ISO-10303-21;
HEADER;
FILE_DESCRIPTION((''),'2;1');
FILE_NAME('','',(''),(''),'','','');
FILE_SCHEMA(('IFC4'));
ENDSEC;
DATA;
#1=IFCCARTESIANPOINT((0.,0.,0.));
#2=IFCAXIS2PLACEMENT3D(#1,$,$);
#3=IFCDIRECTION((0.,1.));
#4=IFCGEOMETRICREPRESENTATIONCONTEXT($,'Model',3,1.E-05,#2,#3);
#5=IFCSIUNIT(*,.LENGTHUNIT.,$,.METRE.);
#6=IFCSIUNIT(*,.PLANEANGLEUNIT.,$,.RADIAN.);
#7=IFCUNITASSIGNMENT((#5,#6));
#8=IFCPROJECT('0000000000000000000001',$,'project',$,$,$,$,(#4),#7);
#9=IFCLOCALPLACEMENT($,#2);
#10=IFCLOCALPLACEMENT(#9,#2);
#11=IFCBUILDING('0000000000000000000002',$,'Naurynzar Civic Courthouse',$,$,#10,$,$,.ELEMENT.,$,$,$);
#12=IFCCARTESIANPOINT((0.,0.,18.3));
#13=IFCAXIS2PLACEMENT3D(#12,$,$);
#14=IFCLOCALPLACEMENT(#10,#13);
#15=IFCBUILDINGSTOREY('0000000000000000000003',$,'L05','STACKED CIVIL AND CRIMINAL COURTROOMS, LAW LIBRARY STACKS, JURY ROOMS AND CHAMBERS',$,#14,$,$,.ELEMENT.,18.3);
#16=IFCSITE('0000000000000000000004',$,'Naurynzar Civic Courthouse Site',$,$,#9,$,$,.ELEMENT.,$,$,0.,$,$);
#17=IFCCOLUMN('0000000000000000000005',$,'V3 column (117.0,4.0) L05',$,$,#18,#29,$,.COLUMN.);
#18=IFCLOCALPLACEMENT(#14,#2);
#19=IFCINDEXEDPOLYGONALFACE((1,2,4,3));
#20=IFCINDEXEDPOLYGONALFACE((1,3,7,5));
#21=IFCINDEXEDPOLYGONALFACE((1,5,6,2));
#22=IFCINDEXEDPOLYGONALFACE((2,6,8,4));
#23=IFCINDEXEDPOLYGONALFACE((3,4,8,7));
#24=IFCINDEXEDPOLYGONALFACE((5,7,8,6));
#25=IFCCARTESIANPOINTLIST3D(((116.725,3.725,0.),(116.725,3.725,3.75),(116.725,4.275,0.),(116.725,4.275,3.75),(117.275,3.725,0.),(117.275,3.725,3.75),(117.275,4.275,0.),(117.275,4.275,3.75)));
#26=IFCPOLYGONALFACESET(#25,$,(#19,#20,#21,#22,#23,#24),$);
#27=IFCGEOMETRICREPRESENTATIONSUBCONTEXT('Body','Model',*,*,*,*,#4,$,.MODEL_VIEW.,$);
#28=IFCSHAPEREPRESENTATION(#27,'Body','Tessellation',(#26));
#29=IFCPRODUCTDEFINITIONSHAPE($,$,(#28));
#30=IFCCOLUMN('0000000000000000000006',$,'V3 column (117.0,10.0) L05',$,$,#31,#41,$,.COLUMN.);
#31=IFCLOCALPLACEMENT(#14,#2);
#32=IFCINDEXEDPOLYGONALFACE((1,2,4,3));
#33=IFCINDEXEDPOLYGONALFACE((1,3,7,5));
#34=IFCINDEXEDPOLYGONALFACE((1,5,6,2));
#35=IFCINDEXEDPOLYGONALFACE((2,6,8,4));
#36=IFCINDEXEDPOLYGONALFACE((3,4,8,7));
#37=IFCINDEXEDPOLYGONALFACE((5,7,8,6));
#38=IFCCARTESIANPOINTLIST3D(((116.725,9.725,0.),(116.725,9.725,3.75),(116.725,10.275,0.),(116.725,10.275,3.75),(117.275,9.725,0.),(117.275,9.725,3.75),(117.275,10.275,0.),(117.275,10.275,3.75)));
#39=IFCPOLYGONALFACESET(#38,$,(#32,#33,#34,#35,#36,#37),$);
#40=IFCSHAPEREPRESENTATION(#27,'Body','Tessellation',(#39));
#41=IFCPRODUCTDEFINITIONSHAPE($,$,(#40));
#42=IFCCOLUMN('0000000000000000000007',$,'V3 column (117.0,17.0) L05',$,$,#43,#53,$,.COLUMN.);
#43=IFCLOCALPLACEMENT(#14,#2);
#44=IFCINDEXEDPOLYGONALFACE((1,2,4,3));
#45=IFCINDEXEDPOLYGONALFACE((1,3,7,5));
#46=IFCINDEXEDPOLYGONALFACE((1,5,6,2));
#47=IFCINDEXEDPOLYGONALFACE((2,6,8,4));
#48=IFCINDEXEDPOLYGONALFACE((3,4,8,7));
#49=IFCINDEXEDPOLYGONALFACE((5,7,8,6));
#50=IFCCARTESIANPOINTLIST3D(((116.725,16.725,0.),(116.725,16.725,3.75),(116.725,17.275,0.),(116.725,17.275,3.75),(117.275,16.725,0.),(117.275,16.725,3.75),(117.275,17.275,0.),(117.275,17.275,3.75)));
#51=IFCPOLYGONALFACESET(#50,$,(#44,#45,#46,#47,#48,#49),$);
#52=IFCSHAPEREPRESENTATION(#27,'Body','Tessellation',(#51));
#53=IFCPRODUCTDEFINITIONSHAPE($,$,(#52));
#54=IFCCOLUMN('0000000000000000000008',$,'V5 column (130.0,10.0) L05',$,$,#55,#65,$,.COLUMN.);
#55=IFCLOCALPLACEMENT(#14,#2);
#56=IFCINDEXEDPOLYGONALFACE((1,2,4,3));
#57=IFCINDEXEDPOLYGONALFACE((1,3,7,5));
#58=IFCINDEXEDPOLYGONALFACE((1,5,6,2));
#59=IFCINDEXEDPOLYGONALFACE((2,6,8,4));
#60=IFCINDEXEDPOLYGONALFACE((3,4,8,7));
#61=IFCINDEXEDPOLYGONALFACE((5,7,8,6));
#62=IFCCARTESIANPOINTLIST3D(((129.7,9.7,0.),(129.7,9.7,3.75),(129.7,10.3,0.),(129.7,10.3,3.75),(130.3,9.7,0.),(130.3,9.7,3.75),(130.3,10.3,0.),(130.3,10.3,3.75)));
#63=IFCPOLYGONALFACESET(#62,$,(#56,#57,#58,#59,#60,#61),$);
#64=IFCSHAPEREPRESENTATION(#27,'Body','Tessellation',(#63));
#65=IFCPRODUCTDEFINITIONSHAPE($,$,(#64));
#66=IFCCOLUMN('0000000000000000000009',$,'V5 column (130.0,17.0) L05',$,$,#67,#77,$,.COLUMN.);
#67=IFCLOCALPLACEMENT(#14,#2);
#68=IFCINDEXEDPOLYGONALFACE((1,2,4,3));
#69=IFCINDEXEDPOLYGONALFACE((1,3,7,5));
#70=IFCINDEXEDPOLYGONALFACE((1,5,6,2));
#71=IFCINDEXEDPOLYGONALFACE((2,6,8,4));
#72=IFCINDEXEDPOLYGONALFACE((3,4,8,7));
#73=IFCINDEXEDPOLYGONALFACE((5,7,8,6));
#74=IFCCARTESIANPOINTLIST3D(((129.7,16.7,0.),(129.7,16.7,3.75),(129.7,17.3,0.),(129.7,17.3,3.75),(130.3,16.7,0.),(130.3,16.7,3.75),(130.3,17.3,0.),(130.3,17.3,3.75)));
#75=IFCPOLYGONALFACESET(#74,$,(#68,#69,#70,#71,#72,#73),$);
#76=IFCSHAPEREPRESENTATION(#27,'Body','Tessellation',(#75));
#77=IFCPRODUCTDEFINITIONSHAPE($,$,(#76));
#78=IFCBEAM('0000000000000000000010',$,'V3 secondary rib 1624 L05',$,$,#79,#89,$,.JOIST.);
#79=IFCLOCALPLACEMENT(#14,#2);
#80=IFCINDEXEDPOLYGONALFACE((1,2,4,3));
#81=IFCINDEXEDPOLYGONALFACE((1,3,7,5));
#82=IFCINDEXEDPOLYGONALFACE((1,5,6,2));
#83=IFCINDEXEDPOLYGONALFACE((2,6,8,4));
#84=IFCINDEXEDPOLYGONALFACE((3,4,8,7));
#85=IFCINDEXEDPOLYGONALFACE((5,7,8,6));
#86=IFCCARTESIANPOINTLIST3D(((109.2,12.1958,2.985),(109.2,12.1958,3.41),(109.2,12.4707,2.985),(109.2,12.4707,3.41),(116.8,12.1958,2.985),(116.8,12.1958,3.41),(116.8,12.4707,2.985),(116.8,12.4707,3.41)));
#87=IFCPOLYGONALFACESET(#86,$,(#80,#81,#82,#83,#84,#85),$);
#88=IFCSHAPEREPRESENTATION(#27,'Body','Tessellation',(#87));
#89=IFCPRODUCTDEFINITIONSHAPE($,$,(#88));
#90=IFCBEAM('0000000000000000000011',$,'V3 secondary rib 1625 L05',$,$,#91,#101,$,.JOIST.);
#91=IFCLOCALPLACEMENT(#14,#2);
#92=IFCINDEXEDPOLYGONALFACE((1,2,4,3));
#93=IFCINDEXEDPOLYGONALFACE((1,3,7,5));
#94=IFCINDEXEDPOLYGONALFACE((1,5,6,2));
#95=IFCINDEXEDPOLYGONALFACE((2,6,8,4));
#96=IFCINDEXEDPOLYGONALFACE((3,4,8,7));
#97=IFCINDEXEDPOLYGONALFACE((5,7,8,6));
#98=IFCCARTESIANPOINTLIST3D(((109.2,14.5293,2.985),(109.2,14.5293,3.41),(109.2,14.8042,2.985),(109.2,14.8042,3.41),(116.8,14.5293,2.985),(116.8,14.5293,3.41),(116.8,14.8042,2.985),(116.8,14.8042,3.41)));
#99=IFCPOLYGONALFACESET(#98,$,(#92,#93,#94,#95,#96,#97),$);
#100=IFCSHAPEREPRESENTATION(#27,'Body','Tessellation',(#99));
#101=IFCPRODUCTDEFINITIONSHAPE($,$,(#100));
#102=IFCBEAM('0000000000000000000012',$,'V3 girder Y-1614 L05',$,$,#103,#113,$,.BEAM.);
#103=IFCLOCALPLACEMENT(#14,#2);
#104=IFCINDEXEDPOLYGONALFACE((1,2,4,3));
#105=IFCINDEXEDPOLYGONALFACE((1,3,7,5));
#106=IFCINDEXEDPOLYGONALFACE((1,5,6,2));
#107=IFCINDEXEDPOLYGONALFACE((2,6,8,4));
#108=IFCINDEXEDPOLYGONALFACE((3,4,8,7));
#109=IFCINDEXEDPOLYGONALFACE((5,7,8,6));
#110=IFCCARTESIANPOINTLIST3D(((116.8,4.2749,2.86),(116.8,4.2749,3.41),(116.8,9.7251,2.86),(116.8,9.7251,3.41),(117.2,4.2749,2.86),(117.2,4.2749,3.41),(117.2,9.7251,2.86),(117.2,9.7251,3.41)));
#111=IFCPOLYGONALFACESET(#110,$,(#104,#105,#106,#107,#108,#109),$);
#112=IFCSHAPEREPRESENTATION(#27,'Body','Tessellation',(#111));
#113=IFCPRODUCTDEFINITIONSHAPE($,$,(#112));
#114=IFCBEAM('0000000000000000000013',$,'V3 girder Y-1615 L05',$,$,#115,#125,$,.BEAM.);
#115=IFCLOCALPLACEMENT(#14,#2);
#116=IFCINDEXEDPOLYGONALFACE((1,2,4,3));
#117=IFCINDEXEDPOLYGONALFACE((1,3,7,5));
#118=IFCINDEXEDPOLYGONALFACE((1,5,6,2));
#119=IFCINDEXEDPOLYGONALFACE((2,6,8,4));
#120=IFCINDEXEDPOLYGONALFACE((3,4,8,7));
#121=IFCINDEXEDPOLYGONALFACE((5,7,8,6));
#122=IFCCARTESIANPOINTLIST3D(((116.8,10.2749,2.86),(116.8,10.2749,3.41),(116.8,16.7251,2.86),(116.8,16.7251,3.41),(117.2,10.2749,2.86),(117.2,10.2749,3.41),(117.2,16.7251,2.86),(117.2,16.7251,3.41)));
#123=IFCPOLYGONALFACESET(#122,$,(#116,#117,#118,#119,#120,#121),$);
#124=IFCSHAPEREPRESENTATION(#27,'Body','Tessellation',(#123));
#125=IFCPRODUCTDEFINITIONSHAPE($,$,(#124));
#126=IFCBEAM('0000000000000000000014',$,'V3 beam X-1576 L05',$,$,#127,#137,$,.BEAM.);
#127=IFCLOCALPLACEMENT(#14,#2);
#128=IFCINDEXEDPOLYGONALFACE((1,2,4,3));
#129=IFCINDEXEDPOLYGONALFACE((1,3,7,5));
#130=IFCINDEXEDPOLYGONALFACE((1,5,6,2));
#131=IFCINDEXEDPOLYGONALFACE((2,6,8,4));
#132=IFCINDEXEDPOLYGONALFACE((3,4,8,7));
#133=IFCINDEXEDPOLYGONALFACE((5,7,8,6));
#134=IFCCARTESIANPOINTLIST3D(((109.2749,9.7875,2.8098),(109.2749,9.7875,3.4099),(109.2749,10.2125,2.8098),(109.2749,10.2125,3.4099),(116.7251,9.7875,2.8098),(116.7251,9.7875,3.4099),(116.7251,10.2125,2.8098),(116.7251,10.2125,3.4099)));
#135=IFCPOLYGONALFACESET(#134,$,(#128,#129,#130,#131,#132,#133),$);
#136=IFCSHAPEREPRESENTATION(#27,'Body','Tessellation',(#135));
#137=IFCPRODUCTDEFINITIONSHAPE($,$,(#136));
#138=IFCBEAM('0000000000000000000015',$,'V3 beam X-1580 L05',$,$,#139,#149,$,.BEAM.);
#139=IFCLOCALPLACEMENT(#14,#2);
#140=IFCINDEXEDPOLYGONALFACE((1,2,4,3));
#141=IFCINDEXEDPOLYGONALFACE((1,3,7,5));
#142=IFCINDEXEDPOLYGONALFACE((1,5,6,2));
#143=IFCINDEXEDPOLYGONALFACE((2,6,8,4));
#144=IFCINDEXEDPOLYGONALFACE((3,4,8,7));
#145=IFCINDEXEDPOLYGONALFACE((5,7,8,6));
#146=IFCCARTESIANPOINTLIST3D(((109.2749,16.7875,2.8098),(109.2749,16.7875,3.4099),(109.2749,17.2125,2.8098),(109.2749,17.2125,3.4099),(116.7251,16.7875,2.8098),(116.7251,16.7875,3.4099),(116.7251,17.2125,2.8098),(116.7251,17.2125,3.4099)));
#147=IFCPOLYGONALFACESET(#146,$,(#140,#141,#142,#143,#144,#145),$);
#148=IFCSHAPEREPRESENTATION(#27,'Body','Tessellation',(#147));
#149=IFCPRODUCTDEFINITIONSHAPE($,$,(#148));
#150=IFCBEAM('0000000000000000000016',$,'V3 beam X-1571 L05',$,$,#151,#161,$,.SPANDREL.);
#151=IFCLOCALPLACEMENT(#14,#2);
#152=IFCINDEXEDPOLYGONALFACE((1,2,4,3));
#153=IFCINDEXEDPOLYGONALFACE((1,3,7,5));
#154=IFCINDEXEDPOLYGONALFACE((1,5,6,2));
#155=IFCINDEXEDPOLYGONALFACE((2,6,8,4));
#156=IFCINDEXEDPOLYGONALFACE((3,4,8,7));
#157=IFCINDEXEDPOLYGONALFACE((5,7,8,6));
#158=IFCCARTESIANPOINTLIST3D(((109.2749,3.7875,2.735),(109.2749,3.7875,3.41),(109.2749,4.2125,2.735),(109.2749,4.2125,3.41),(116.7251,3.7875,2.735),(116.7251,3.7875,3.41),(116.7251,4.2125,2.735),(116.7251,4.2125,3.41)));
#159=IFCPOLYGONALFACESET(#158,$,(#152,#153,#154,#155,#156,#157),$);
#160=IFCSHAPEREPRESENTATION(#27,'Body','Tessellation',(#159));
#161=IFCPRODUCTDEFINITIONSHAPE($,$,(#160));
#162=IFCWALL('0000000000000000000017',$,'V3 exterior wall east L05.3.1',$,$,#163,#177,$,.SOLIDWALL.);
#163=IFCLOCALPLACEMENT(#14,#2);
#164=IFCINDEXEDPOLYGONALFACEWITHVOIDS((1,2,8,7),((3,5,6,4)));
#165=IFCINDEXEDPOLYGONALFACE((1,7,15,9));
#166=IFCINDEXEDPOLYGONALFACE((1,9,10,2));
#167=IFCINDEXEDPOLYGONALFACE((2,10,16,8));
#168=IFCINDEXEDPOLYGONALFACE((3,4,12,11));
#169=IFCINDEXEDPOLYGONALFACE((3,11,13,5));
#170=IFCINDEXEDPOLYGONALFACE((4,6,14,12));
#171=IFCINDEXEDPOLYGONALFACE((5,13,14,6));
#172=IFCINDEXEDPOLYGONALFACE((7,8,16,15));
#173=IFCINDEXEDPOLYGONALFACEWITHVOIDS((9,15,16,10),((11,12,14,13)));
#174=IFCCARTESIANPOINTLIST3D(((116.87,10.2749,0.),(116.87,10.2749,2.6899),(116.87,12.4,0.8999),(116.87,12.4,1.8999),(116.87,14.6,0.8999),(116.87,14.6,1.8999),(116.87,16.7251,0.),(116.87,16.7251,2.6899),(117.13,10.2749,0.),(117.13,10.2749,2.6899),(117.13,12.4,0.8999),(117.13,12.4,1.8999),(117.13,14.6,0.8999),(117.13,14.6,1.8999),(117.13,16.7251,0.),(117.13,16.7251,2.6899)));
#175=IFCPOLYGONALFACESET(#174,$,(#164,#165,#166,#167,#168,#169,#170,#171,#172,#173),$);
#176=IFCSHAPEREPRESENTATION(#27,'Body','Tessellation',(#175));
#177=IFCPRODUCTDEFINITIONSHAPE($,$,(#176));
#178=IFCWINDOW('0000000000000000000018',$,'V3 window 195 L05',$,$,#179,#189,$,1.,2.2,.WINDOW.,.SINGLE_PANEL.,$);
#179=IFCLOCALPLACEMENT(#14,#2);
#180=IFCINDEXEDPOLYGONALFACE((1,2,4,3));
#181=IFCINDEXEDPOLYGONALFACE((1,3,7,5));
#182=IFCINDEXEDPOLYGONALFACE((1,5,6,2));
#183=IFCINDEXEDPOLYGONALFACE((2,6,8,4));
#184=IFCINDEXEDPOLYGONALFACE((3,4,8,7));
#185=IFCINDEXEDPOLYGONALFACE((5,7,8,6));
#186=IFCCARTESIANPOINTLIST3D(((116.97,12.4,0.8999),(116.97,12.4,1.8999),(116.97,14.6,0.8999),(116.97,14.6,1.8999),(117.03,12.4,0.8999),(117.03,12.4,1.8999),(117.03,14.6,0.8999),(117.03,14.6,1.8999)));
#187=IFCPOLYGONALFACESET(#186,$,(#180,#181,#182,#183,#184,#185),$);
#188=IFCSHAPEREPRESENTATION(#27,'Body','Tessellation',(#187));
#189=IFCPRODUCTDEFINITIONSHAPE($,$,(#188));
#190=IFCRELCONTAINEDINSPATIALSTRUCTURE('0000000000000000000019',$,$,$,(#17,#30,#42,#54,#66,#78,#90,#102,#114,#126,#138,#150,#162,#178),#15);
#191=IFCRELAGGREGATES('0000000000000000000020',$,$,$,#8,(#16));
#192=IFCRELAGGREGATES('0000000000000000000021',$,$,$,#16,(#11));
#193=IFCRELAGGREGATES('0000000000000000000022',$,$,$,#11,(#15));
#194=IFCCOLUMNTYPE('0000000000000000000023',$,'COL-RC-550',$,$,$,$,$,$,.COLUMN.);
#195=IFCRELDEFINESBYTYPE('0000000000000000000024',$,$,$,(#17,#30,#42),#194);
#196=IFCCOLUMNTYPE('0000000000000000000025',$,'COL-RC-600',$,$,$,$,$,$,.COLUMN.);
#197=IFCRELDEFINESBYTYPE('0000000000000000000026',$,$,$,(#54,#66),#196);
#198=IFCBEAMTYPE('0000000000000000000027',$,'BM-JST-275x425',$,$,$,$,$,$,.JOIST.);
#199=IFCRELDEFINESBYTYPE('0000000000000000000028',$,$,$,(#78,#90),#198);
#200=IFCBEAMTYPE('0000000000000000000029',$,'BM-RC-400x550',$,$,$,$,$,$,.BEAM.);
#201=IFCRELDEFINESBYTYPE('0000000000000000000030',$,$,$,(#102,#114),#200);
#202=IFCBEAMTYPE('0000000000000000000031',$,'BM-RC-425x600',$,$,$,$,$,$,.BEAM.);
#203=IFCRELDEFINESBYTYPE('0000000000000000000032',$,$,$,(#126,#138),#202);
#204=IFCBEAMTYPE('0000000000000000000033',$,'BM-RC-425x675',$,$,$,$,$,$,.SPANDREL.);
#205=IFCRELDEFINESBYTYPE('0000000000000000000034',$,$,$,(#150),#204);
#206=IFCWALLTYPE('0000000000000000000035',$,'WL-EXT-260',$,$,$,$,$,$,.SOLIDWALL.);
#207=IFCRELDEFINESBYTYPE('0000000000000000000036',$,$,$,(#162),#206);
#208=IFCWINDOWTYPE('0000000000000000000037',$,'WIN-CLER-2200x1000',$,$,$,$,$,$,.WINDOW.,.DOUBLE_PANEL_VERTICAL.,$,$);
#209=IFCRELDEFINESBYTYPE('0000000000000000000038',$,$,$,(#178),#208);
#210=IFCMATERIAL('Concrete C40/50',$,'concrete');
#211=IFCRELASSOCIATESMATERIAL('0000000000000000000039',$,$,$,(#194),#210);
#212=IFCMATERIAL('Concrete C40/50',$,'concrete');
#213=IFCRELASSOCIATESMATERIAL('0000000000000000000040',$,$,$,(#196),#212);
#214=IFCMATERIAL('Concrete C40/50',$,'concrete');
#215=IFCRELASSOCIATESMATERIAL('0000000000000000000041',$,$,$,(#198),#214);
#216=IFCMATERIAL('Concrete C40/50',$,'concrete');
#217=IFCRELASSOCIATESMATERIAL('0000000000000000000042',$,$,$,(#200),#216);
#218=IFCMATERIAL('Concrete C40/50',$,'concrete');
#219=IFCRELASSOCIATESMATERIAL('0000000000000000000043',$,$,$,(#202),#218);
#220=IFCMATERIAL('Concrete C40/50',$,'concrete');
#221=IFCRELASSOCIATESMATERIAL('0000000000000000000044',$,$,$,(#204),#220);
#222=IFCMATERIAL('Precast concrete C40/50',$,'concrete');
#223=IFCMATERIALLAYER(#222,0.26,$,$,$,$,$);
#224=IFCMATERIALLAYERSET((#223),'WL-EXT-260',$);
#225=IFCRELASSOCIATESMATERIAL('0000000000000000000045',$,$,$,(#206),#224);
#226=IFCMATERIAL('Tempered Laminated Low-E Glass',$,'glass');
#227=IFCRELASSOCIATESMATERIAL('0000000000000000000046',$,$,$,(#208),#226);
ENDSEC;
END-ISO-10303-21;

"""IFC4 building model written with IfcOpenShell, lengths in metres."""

from ifc_helpers import new_model, si_unit, direction, frame, frame_2d, origin, origin_2d, place, context, subcontext, project, spatial, rectangle, extrude, material, layer, layer_set, material_profile, profile_set, type_object, element, fill, save


model = new_model("IFC4")

# Units and contexts
model_context = context("Model", 3, precision=1e-05, world=origin(), true_north=direction((0.0, 1.0)))
body_context = subcontext(model_context, "Body", "Model", "MODEL_VIEW")
ifc_project = project(units=[si_unit("LENGTHUNIT", "METRE"), si_unit("PLANEANGLEUNIT", "RADIAN")], contexts=[model_context])

# Site, building, storey
site_placement = place(None, origin())
site = spatial("IfcSite", under=ifc_project, at=site_placement, Name="Naurynzar Civic Courthouse Site", CompositionType="ELEMENT", RefElevation=0.0)
building_placement = place(site_placement, origin())
building = spatial("IfcBuilding", under=site, at=building_placement, Name="Naurynzar Civic Courthouse", CompositionType="ELEMENT")
storey_placement = place(building_placement, frame((0.0, 0.0, 18.3)))
storey = spatial("IfcBuildingStorey", under=building, at=storey_placement, Name="L05", Description="STACKED CIVIL AND CRIMINAL COURTROOMS, LAW LIBRARY STACKS, JURY ROOMS AND CHAMBERS", CompositionType="ELEMENT", Elevation=18.3)

# Columns
ifc_material_1 = material(Name="Concrete C40/50", Category="concrete")
ifc_material_profile_1 = material_profile(ifc_material_1, rectangle(XDim=0.55, YDim=0.55, at=origin_2d()), Name="RC 550x550")
ifc_profile_set_1 = profile_set([ifc_material_profile_1], Name="Concrete C40/50")
column_type_1 = type_object("IfcColumnType", Name="COL-RC-550", PredefinedType="COLUMN", material=ifc_profile_set_1)
for number, where, z_axis, x_axis, name in (
    (1, (117.0, 4.0, 0.0), (0.0, 0.0, 1.0), (1.0, 0.0, 0.0), "V3 column (117.0,4.0) L05"),
    (2, (117.0, 10.0, 0.0), (0.0, 0.0, 1.0), (1.0, 0.0, 0.0), "V3 column (117.0,10.0) L05"),
    (3, (117.0, 17.0, 0.0), (0.0, 0.0, 1.0), (1.0, 0.0, 0.0), "V3 column (117.0,17.0) L05"),
):
    element("IfcColumn", number, at=place(storey_placement, frame(where, z_axis=z_axis, x_axis=x_axis)), inside=storey, type_object=column_type_1, Name=name, PredefinedType="COLUMN", context=body_context, shape_type="SweptSolid", body=[
        extrude(rectangle(XDim=0.55, YDim=0.55, at=origin_2d()), origin(), (0.0, 0.0, 1.0), 3.75),
    ])
ifc_material_2 = material(Name="Concrete C40/50", Category="concrete")
ifc_material_profile_2 = material_profile(ifc_material_2, rectangle(XDim=0.6001, YDim=0.6001, at=origin_2d()), Name="RC 600x600")
ifc_profile_set_2 = profile_set([ifc_material_profile_2], Name="Concrete C40/50")
column_type_2 = type_object("IfcColumnType", Name="COL-RC-600", PredefinedType="COLUMN", material=ifc_profile_set_2)
for number, where, z_axis, x_axis, name in (
    (4, (130.0, 10.0, 0.0), (0.0, 0.0, 1.0), (1.0, 0.0, 0.0), "V5 column (130.0,10.0) L05"),
    (5, (130.0, 17.0, 0.0), (0.0, 0.0, 1.0), (1.0, 0.0, 0.0), "V5 column (130.0,17.0) L05"),
):
    element("IfcColumn", number, at=place(storey_placement, frame(where, z_axis=z_axis, x_axis=x_axis)), inside=storey, type_object=column_type_2, Name=name, PredefinedType="COLUMN", context=body_context, shape_type="SweptSolid", body=[
        extrude(rectangle(XDim=0.6001, YDim=0.6001, at=origin_2d()), origin(), (0.0, 0.0, 1.0), 3.75),
    ])

# Beams
ifc_material_3 = material(Name="Concrete C40/50", Category="concrete")
ifc_material_profile_3 = material_profile(ifc_material_3, rectangle(XDim=0.2749, YDim=0.425, at=origin_2d()), Name="RCB 275x425")
ifc_profile_set_3 = profile_set([ifc_material_profile_3], Name="Concrete C40/50")
beam_type_1 = type_object("IfcBeamType", Name="BM-JST-275x425", PredefinedType="JOIST", material=ifc_profile_set_3)
for number, where, z_axis, x_axis, name in (
    (6, (109.2, 12.3333, 3.1975), (1.0, 0.0, 0.0), (0.0, 1.0, 0.0), "V3 secondary rib 1624 L05"),
    (7, (109.2, 14.6667, 3.1975), (1.0, 0.0, 0.0), (0.0, 1.0, 0.0), "V3 secondary rib 1625 L05"),
):
    element("IfcBeam", number, at=place(storey_placement, frame(where, z_axis=z_axis, x_axis=x_axis)), inside=storey, type_object=beam_type_1, Name=name, PredefinedType="JOIST", context=body_context, shape_type="SweptSolid", body=[
        extrude(rectangle(XDim=0.2749, YDim=0.425, at=origin_2d()), origin(), (0.0, 0.0, 1.0), 7.6001),
    ])
ifc_material_4 = material(Name="Concrete C40/50", Category="concrete")
ifc_material_profile_4 = material_profile(ifc_material_4, rectangle(XDim=0.3999, YDim=0.55, at=origin_2d()), Name="RCB 400x550")
ifc_profile_set_4 = profile_set([ifc_material_profile_4], Name="Concrete C40/50")
beam_type_2 = type_object("IfcBeamType", Name="BM-RC-400x550", PredefinedType="BEAM", material=ifc_profile_set_4)
beam_1_placement = place(storey_placement, frame((117.0, 4.2749, 3.135), z_axis=(0.0, 1.0, 0.0), x_axis=(-1.0, 0.0, 0.0)))
element("IfcBeam", 8, at=beam_1_placement, inside=storey, type_object=beam_type_2, Name="V3 girder Y-1614 L05", PredefinedType="BEAM", context=body_context, shape_type="SweptSolid", body=[
    extrude(rectangle(XDim=0.3999, YDim=0.55, at=origin_2d()), origin(), (0.0, 0.0, 1.0), 5.4502),
])
beam_2_placement = place(storey_placement, frame((117.0, 10.2749, 3.135), z_axis=(0.0, 1.0, 0.0), x_axis=(-1.0, 0.0, 0.0)))
element("IfcBeam", 9, at=beam_2_placement, inside=storey, type_object=beam_type_2, Name="V3 girder Y-1615 L05", PredefinedType="BEAM", context=body_context, shape_type="SweptSolid", body=[
    extrude(rectangle(XDim=0.3999, YDim=0.55, at=origin_2d()), origin(), (0.0, 0.0, 1.0), 6.4502),
])
ifc_material_5 = material(Name="Concrete C40/50", Category="concrete")
ifc_material_profile_5 = material_profile(ifc_material_5, rectangle(XDim=0.425, YDim=0.6001, at=origin_2d()), Name="RCB 425x600")
ifc_profile_set_5 = profile_set([ifc_material_profile_5], Name="Concrete C40/50")
beam_type_3 = type_object("IfcBeamType", Name="BM-RC-425x600", PredefinedType="BEAM", material=ifc_profile_set_5)
for number, where, z_axis, x_axis, name in (
    (10, (109.2749, 10.0, 3.1099), (1.0, 0.0, 0.0), (0.0, 1.0, 0.0), "V3 beam X-1576 L05"),
    (11, (109.2749, 17.0, 3.1099), (1.0, 0.0, 0.0), (0.0, 1.0, 0.0), "V3 beam X-1580 L05"),
):
    element("IfcBeam", number, at=place(storey_placement, frame(where, z_axis=z_axis, x_axis=x_axis)), inside=storey, type_object=beam_type_3, Name=name, PredefinedType="BEAM", context=body_context, shape_type="SweptSolid", body=[
        extrude(rectangle(XDim=0.425, YDim=0.6001, at=origin_2d()), origin(), (0.0, 0.0, 1.0), 7.4502),
    ])
ifc_material_6 = material(Name="Concrete C40/50", Category="concrete")
ifc_material_profile_6 = material_profile(ifc_material_6, rectangle(XDim=0.425, YDim=0.675, at=origin_2d()), Name="RCB 425x675")
ifc_profile_set_6 = profile_set([ifc_material_profile_6], Name="Concrete C40/50")
beam_type_4 = type_object("IfcBeamType", Name="BM-RC-425x675", PredefinedType="SPANDREL", material=ifc_profile_set_6)
beam_3_placement = place(storey_placement, frame((109.2749, 4.0, 3.0725), z_axis=(1.0, 0.0, 0.0), x_axis=(0.0, 1.0, 0.0)))
element("IfcBeam", 12, at=beam_3_placement, inside=storey, type_object=beam_type_4, Name="V3 beam X-1571 L05", PredefinedType="SPANDREL", context=body_context, shape_type="SweptSolid", body=[
    extrude(rectangle(XDim=0.425, YDim=0.675, at=origin_2d()), origin(), (0.0, 0.0, 1.0), 7.4502),
])

# Wall, opening, window
ifc_material_7 = material(Name="Precast concrete C40/50", Category="concrete")
ifc_layer_1 = layer(ifc_material_7, 0.26)
ifc_layer_set_1 = layer_set([ifc_layer_1], Name="WL-EXT-260")
wall_type_1 = type_object("IfcWallType", Name="WL-EXT-260", PredefinedType="SOLIDWALL", material=ifc_layer_set_1)
wall_1_placement = place(storey_placement, frame((117.0, 16.7251, 0.0), z_axis=(0.0, 0.0, 1.0), x_axis=(0.0, -1.0, 0.0)))
wall_1 = element("IfcWall", 13, at=wall_1_placement, inside=storey, type_object=wall_type_1, Name="V3 exterior wall east L05.3.1", PredefinedType="SOLIDWALL", context=body_context, shape_type="SweptSolid", body=[
    extrude(rectangle(XDim=6.4502, YDim=0.26, at=frame_2d((3.2251, 0.0))), origin(), (0.0, 0.0, 1.0), 2.6899),
])
opening_1_placement = place(wall_1_placement, frame((2.125, 0.0, 0.8999)))
opening_1 = element("IfcOpeningElement", 14, at=opening_1_placement, cuts=wall_1, PredefinedType="OPENING", context=body_context, shape_type="SweptSolid", body=[
    extrude(rectangle(XDim=2.2, YDim=1.0, at=frame_2d((1.1001, 0.5))), frame((0.0, 0.1399, 0.0), z_axis=(0.0, -1.0, 0.0), x_axis=(1.0, 0.0, 0.0)), (0.0, 0.0, 1.0), 0.28),
])
ifc_material_8 = material(Name="Tempered Laminated Low-E Glass", Category="glass")
window_type_1 = type_object("IfcWindowType", Name="WIN-CLER-2200x1000", PartitioningType="DOUBLE_PANEL_VERTICAL", PredefinedType="WINDOW", material=ifc_material_8)
window_1_placement = place(opening_1_placement, origin())
window_1 = element("IfcWindow", 15, at=window_1_placement, inside=storey, type_object=window_type_1, Name="V3 window 195 L05", OverallHeight=1.0, OverallWidth=2.2, PartitioningType="SINGLE_PANEL", PredefinedType="WINDOW", context=body_context, shape_type="SweptSolid", body=[
    extrude(rectangle(XDim=2.2, YDim=1.0, at=frame_2d((1.1001, 0.5))), frame((0.0, 0.03, 0.0), z_axis=(0.0, -1.0, 0.0), x_axis=(1.0, 0.0, 0.0)), (0.0, 0.0, 1.0), 0.0601),
])
fill(opening_1, window_1)

save(model, "model.ifc")
